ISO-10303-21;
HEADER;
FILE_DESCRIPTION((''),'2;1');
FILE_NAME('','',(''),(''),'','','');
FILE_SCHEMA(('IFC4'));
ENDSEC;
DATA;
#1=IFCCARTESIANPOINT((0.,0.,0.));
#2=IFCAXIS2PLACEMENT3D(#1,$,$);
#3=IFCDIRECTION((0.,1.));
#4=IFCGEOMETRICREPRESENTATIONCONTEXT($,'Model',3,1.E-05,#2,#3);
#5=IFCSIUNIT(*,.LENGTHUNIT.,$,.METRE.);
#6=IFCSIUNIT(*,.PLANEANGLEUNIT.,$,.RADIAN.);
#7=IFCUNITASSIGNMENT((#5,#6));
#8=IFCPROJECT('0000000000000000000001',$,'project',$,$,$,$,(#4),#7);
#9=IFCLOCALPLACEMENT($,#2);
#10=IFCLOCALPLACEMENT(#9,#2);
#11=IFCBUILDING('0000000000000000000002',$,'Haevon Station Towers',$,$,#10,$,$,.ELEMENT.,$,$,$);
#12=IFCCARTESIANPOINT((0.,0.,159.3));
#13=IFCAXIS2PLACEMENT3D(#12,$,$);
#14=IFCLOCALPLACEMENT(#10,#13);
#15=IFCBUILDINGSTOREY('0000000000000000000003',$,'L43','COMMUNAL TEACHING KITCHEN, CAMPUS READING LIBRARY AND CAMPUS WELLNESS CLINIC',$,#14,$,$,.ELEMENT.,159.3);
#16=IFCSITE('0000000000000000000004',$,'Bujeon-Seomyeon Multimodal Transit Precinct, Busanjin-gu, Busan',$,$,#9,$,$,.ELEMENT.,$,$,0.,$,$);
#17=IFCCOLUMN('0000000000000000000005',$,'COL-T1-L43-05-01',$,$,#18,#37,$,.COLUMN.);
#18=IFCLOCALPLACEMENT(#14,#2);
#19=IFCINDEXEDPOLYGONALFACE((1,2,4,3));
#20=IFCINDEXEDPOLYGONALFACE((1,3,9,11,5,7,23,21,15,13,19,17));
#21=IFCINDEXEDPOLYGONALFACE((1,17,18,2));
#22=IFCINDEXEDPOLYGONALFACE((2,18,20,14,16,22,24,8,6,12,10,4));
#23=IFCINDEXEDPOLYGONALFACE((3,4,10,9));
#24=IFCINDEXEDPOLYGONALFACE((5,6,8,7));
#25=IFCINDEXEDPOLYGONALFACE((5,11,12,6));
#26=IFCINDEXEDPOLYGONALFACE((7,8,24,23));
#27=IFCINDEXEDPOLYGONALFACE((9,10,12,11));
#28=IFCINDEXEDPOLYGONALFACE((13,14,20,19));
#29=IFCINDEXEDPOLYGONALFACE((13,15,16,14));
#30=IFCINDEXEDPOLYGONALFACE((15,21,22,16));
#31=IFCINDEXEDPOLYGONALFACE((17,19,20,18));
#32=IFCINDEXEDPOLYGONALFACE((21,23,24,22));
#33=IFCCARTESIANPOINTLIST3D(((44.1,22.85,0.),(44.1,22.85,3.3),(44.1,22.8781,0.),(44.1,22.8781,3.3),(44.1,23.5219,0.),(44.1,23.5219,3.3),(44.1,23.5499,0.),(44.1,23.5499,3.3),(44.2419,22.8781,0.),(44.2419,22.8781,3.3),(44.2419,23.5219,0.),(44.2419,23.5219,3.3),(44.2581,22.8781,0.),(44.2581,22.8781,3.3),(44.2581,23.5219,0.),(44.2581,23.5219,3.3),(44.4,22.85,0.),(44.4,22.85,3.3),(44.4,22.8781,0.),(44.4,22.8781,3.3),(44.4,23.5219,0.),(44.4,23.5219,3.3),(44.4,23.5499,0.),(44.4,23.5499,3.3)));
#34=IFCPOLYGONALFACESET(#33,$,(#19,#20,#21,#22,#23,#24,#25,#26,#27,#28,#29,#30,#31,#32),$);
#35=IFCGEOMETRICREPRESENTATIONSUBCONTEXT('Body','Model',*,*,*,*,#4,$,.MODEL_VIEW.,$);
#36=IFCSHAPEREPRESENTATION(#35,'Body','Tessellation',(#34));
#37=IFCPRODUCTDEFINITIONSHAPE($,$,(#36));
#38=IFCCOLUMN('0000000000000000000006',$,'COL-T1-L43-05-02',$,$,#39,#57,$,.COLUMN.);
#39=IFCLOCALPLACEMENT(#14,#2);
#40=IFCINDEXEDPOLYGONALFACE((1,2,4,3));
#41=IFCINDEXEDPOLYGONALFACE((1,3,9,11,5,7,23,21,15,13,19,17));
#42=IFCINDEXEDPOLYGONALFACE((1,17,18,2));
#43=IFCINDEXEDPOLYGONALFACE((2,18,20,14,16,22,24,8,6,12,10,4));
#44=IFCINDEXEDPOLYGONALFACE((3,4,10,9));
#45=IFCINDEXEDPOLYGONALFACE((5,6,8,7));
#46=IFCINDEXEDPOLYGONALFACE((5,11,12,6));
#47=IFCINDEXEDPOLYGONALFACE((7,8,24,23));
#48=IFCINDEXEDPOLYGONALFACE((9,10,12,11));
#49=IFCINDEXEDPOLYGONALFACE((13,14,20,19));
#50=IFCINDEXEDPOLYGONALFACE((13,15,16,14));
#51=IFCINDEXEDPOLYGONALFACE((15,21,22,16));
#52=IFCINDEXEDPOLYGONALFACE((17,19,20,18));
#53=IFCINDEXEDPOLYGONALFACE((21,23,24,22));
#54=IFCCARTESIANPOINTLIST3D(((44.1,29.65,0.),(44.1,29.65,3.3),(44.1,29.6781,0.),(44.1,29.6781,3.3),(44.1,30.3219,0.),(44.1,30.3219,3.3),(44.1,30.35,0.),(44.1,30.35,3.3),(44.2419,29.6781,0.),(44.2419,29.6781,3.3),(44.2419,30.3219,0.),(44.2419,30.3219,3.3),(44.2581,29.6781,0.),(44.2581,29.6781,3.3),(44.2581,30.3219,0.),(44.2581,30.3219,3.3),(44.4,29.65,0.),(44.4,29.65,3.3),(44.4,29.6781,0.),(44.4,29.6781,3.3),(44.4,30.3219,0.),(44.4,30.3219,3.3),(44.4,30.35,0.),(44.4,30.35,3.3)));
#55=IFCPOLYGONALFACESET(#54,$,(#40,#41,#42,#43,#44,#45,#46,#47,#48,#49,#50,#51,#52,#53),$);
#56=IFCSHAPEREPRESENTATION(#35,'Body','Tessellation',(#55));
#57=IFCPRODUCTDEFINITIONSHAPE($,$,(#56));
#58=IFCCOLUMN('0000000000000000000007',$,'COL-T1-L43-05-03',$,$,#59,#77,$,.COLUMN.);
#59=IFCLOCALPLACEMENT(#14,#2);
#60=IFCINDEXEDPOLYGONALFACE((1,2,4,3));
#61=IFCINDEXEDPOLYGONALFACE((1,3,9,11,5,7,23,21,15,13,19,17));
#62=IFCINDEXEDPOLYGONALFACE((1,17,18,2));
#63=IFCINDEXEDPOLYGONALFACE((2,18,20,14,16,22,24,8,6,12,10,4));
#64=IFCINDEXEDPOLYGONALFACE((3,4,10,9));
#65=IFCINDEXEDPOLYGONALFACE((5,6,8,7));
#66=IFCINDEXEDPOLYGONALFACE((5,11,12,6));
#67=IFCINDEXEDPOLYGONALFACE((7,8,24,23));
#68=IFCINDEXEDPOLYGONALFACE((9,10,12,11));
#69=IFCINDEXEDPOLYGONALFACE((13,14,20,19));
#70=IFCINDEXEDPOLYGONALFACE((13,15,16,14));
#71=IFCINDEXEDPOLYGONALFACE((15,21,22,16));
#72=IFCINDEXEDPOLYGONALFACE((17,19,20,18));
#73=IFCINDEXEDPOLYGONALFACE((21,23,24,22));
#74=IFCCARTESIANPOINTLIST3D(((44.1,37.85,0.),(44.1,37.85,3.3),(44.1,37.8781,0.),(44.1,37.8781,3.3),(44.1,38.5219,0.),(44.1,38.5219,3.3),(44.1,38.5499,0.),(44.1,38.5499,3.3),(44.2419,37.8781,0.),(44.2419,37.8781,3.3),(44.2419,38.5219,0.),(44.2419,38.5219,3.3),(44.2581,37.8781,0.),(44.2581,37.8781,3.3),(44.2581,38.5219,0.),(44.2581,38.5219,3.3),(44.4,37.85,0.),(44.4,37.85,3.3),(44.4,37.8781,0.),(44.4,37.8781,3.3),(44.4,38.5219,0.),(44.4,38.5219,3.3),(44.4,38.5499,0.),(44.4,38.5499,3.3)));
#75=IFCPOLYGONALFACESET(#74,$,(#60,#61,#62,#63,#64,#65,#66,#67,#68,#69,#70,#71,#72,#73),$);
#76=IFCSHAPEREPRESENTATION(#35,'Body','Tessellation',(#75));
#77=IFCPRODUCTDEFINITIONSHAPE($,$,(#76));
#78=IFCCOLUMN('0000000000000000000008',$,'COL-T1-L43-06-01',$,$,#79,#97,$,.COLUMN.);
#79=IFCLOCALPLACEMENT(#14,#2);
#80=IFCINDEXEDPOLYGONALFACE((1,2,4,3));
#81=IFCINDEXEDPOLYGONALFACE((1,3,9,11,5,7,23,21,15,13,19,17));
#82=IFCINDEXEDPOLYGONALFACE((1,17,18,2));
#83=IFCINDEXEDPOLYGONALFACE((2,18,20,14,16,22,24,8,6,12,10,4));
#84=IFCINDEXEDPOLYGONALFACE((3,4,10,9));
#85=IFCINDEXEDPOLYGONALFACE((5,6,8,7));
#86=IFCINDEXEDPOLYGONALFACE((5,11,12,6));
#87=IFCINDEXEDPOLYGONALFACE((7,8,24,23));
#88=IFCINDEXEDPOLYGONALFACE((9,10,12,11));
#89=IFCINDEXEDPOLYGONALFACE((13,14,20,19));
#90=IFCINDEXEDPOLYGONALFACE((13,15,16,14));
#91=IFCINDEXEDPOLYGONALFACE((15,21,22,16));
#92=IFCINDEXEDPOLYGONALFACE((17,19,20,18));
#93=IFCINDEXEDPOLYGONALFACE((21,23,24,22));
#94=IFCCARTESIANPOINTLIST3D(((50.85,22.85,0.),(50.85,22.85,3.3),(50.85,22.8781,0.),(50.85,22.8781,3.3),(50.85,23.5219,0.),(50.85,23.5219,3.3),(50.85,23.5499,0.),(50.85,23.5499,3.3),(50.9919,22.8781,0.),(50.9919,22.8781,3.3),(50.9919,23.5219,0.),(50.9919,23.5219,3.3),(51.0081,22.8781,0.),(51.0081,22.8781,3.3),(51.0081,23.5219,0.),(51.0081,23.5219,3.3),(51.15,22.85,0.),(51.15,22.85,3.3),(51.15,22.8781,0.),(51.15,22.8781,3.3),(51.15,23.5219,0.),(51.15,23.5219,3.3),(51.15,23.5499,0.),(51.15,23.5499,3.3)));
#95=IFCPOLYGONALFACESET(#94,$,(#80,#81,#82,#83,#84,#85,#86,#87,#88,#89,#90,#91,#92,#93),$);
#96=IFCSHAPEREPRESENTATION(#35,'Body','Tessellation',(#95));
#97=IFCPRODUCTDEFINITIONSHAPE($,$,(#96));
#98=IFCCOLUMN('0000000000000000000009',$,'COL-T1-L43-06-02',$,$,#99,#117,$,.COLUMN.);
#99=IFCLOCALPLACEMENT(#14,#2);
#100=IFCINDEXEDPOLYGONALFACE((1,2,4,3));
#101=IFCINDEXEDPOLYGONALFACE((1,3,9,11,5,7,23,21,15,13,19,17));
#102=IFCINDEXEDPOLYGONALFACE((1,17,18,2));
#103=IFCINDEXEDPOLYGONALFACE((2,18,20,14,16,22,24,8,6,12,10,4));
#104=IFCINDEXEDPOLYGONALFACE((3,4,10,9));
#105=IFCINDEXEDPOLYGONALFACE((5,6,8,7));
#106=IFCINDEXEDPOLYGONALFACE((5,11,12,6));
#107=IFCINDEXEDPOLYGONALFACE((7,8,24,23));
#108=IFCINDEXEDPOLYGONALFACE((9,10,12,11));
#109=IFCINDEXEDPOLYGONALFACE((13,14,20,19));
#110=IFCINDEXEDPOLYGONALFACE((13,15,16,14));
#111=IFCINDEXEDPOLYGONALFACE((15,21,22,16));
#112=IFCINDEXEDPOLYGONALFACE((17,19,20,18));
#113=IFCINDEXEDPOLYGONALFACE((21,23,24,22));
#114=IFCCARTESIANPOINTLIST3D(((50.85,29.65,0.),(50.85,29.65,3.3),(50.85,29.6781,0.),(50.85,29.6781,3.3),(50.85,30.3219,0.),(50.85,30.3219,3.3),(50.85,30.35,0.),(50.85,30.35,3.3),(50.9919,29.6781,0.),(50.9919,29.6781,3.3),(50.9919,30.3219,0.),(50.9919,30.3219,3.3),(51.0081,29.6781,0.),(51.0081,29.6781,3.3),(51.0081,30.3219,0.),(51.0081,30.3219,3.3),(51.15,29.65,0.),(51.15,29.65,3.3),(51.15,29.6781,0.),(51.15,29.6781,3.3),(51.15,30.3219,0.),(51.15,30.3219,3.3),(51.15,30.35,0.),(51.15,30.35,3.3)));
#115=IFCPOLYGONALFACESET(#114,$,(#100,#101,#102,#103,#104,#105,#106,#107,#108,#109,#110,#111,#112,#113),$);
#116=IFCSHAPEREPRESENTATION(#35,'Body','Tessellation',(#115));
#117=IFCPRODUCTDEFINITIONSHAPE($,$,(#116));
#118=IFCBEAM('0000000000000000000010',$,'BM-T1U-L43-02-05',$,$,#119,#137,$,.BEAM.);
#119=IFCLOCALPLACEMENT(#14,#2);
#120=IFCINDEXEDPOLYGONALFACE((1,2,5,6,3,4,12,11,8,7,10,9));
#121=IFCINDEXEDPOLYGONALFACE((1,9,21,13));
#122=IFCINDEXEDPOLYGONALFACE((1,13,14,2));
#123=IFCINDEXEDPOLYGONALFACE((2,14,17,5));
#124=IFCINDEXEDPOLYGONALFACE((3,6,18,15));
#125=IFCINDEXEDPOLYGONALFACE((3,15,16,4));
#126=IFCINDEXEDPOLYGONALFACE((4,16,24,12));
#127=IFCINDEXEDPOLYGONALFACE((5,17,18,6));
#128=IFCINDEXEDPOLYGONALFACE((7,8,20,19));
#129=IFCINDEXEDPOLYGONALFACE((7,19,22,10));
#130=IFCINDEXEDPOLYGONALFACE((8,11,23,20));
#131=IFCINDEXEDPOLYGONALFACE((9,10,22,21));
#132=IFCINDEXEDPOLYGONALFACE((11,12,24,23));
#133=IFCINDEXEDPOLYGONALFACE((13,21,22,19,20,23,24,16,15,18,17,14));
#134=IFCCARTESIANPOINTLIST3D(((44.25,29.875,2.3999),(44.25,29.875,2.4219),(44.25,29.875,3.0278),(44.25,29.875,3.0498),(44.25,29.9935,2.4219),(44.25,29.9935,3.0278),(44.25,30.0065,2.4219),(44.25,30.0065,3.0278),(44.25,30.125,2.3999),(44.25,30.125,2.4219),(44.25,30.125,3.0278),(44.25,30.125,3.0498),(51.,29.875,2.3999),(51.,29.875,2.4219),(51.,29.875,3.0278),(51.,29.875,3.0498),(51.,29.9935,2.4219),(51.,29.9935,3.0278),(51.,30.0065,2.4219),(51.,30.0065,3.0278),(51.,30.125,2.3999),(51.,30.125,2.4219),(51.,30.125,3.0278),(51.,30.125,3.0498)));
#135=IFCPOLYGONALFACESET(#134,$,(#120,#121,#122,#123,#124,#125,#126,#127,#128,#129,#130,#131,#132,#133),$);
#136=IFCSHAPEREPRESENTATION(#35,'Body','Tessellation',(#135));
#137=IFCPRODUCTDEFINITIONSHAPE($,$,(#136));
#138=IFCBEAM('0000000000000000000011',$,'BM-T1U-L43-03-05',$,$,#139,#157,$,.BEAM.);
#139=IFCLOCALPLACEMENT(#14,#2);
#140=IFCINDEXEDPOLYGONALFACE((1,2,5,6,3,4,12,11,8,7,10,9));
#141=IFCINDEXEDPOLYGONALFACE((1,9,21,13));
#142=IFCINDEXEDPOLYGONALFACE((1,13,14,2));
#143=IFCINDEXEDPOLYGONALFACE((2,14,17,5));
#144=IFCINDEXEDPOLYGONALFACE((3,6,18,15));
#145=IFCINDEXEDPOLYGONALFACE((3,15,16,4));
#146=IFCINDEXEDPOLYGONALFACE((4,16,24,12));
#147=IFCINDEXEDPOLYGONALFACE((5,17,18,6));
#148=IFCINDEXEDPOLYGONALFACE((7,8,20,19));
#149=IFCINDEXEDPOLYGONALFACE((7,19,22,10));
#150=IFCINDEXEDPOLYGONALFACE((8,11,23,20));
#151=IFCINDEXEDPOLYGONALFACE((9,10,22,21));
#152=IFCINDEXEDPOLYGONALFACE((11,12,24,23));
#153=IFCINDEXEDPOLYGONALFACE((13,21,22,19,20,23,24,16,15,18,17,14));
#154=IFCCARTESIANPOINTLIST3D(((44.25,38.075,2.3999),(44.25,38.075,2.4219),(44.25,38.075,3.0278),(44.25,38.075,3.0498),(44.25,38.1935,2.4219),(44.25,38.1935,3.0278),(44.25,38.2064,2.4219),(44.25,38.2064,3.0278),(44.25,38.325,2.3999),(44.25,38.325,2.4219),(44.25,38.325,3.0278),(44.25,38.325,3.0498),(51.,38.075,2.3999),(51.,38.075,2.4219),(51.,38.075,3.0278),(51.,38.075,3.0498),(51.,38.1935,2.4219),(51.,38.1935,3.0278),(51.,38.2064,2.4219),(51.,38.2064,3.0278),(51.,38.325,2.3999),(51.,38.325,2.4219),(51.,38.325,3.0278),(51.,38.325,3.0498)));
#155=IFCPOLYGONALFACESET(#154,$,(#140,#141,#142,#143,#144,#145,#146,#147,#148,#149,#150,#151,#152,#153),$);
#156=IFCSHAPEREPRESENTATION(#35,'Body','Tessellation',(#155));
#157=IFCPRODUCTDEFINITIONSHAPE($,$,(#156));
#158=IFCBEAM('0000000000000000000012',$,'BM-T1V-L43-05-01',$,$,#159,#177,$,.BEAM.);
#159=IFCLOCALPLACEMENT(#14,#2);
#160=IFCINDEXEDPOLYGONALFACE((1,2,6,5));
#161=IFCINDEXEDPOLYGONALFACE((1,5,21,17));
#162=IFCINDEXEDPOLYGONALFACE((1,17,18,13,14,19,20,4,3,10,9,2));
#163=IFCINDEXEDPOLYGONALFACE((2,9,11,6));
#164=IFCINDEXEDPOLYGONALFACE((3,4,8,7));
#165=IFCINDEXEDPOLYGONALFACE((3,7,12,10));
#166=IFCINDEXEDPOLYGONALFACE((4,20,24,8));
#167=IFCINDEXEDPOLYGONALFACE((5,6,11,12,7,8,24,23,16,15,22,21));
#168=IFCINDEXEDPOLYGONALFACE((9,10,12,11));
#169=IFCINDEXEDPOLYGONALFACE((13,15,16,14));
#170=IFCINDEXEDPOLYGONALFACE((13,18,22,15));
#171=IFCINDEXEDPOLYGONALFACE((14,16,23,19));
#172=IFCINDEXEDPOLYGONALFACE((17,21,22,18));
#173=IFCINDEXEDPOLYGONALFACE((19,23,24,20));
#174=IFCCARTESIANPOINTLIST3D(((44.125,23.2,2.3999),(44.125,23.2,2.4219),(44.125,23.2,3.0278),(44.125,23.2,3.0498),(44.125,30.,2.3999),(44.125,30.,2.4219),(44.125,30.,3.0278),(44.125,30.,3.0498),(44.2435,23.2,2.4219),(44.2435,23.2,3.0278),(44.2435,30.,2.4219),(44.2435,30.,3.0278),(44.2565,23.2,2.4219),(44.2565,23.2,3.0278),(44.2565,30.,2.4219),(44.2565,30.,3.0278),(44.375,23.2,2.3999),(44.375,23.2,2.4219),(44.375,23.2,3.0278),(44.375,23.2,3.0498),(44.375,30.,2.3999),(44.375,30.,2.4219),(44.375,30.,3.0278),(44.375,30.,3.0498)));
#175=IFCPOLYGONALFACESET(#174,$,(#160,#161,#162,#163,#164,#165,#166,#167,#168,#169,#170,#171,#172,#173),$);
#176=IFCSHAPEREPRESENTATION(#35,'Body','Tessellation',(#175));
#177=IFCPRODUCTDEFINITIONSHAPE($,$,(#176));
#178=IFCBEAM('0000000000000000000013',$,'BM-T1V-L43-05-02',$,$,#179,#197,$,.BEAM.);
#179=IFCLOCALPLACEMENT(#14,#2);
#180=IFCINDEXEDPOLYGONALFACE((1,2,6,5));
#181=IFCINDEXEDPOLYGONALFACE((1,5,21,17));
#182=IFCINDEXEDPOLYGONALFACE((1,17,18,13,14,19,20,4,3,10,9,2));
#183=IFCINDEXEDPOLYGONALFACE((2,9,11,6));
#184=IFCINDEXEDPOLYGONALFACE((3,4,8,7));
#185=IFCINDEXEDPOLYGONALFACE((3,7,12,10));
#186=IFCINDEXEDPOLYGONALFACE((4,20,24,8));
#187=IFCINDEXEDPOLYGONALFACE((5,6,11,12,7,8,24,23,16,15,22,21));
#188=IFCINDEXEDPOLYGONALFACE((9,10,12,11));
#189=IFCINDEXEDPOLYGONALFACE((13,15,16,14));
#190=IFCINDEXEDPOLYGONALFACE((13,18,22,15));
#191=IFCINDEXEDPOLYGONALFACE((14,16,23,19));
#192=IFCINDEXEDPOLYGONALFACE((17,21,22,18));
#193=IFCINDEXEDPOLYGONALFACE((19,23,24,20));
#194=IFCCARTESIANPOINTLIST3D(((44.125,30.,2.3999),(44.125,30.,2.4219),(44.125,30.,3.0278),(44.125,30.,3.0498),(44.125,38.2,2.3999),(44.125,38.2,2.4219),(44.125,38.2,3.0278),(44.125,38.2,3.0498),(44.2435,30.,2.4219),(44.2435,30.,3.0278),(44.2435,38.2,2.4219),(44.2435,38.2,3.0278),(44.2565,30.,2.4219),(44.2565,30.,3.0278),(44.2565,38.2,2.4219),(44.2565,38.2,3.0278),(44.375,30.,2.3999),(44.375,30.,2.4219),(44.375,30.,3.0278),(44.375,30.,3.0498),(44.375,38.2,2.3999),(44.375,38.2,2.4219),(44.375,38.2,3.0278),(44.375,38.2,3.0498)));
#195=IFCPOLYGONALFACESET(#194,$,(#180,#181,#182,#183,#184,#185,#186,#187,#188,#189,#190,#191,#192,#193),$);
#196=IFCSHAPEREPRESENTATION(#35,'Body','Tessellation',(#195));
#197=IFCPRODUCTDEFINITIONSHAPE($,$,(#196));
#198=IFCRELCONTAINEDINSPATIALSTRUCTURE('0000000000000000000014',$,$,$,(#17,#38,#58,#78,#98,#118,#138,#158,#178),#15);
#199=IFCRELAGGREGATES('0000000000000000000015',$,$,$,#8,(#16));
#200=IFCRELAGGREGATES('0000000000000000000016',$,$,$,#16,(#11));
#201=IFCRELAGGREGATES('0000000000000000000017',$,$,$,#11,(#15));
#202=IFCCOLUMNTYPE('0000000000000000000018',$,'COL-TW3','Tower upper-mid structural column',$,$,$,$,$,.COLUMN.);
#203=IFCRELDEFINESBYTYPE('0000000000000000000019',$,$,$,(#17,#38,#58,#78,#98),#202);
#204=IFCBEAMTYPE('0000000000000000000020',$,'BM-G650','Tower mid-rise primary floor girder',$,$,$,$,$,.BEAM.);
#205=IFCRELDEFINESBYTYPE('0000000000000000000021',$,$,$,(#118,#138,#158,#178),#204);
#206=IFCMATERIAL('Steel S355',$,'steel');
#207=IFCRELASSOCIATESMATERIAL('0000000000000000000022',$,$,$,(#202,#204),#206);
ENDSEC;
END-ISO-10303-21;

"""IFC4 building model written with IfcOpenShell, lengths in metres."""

from ifc_helpers import new_model, si_unit, direction, frame, origin, origin_2d, place, context, subcontext, project, spatial, i_section, extrude, material, material_profile, profile_set, type_object, element, save


model = new_model("IFC4")

# Units and contexts
model_context = context("Model", 3, precision=1e-05, world=origin(), true_north=direction((0.0, 1.0)))
body_context = subcontext(model_context, "Body", "Model", "MODEL_VIEW")
ifc_project = project(units=[si_unit("LENGTHUNIT", "METRE"), si_unit("PLANEANGLEUNIT", "RADIAN")], contexts=[model_context])

# Site, building, storey
site_placement = place(None, origin())
site = spatial("IfcSite", under=ifc_project, at=site_placement, Name="Bujeon-Seomyeon Multimodal Transit Precinct, Busanjin-gu, Busan", CompositionType="ELEMENT", RefElevation=0.0)
building_placement = place(site_placement, origin())
building = spatial("IfcBuilding", under=site, at=building_placement, Name="Haevon Station Towers", CompositionType="ELEMENT")
storey_placement = place(building_placement, frame((0.0, 0.0, 159.3)))
storey = spatial("IfcBuildingStorey", under=building, at=storey_placement, Name="L43", Description="COMMUNAL TEACHING KITCHEN, CAMPUS READING LIBRARY AND CAMPUS WELLNESS CLINIC", CompositionType="ELEMENT", Elevation=159.3)

# Columns
ifc_material_1 = material(Name="Steel S355", Category="steel")
ifc_material_profile_1 = material_profile(ifc_material_1, i_section(OverallWidth=0.3, OverallDepth=0.7, WebThickness=0.0161, FlangeThickness=0.0281, at=origin_2d()), Name="H-700x300x16x28")
ifc_profile_set_1 = profile_set([ifc_material_profile_1], Name="Steel S355")
column_type = type_object("IfcColumnType", Name="COL-TW3", Description="Tower upper-mid structural column", PredefinedType="COLUMN", material=ifc_profile_set_1)
for number, where, z_axis, x_axis, name in (
    (1, (44.25, 23.2, 0.0), (0.0, 0.0, 1.0), (1.0, 0.0, 0.0), "COL-T1-L43-05-01"),
    (2, (44.25, 30.0, 0.0), (0.0, 0.0, 1.0), (1.0, 0.0, 0.0), "COL-T1-L43-05-02"),
    (3, (44.25, 38.2, 0.0), (0.0, 0.0, 1.0), (1.0, 0.0, 0.0), "COL-T1-L43-05-03"),
    (4, (51.0, 23.2, 0.0), (0.0, 0.0, 1.0), (1.0, 0.0, 0.0), "COL-T1-L43-06-01"),
    (5, (51.0, 30.0, 0.0), (0.0, 0.0, 1.0), (1.0, 0.0, 0.0), "COL-T1-L43-06-02"),
):
    element("IfcColumn", number, at=place(storey_placement, frame(where, z_axis=z_axis, x_axis=x_axis)), inside=storey, type_object=column_type, Name=name, PredefinedType="COLUMN", context=body_context, shape_type="SweptSolid", body=[
        extrude(i_section(OverallWidth=0.3, OverallDepth=0.7, WebThickness=0.0161, FlangeThickness=0.0281, at=origin_2d()), origin(), (0.0, 0.0, 1.0), 3.3),
    ])

# Beams
ifc_material_profile_2 = material_profile(ifc_material_1, i_section(OverallWidth=0.25, OverallDepth=0.6499, WebThickness=0.0129, FlangeThickness=0.022, at=origin_2d()), Name="H-650x250x13x22")
ifc_profile_set_2 = profile_set([ifc_material_profile_2], Name="Steel S355")
beam_type_1 = type_object("IfcBeamType", Name="BM-G650", Description="Tower mid-rise primary floor girder", PredefinedType="BEAM", material=ifc_profile_set_2)
for number, where, z_axis, x_axis, name in (
    (6, (44.25, 30.0, 2.7249), (1.0, 0.0, 0.0), (0.0, 1.0, 0.0), "BM-T1U-L43-02-05"),
    (7, (44.25, 38.2, 2.7249), (1.0, 0.0, 0.0), (0.0, 1.0, 0.0), "BM-T1U-L43-03-05"),
):
    element("IfcBeam", number, at=place(storey_placement, frame(where, z_axis=z_axis, x_axis=x_axis)), inside=storey, type_object=beam_type_1, Name=name, PredefinedType="BEAM", context=body_context, shape_type="SweptSolid", body=[
        extrude(i_section(OverallWidth=0.25, OverallDepth=0.6499, WebThickness=0.0129, FlangeThickness=0.022, at=origin_2d()), origin(), (0.0, 0.0, 1.0), 6.75),
    ])
beam_1_placement = place(storey_placement, frame((44.25, 23.2, 2.7249), z_axis=(0.0, 1.0, 0.0), x_axis=(-1.0, 0.0, 0.0)))
element("IfcBeam", 8, at=beam_1_placement, inside=storey, type_object=beam_type_1, Name="BM-T1V-L43-05-01", PredefinedType="BEAM", context=body_context, shape_type="SweptSolid", body=[
    extrude(i_section(OverallWidth=0.25, OverallDepth=0.6499, WebThickness=0.0129, FlangeThickness=0.022, at=origin_2d()), origin(), (0.0, 0.0, 1.0), 6.8),
])
beam_2_placement = place(storey_placement, frame((44.25, 30.0, 2.7249), z_axis=(0.0, 1.0, 0.0), x_axis=(-1.0, 0.0, 0.0)))
element("IfcBeam", 9, at=beam_2_placement, inside=storey, type_object=beam_type_1, Name="BM-T1V-L43-05-02", PredefinedType="BEAM", context=body_context, shape_type="SweptSolid", body=[
    extrude(i_section(OverallWidth=0.25, OverallDepth=0.6499, WebThickness=0.0129, FlangeThickness=0.022, at=origin_2d()), origin(), (0.0, 0.0, 1.0), 8.2),
])

save(model, "model.ifc")
